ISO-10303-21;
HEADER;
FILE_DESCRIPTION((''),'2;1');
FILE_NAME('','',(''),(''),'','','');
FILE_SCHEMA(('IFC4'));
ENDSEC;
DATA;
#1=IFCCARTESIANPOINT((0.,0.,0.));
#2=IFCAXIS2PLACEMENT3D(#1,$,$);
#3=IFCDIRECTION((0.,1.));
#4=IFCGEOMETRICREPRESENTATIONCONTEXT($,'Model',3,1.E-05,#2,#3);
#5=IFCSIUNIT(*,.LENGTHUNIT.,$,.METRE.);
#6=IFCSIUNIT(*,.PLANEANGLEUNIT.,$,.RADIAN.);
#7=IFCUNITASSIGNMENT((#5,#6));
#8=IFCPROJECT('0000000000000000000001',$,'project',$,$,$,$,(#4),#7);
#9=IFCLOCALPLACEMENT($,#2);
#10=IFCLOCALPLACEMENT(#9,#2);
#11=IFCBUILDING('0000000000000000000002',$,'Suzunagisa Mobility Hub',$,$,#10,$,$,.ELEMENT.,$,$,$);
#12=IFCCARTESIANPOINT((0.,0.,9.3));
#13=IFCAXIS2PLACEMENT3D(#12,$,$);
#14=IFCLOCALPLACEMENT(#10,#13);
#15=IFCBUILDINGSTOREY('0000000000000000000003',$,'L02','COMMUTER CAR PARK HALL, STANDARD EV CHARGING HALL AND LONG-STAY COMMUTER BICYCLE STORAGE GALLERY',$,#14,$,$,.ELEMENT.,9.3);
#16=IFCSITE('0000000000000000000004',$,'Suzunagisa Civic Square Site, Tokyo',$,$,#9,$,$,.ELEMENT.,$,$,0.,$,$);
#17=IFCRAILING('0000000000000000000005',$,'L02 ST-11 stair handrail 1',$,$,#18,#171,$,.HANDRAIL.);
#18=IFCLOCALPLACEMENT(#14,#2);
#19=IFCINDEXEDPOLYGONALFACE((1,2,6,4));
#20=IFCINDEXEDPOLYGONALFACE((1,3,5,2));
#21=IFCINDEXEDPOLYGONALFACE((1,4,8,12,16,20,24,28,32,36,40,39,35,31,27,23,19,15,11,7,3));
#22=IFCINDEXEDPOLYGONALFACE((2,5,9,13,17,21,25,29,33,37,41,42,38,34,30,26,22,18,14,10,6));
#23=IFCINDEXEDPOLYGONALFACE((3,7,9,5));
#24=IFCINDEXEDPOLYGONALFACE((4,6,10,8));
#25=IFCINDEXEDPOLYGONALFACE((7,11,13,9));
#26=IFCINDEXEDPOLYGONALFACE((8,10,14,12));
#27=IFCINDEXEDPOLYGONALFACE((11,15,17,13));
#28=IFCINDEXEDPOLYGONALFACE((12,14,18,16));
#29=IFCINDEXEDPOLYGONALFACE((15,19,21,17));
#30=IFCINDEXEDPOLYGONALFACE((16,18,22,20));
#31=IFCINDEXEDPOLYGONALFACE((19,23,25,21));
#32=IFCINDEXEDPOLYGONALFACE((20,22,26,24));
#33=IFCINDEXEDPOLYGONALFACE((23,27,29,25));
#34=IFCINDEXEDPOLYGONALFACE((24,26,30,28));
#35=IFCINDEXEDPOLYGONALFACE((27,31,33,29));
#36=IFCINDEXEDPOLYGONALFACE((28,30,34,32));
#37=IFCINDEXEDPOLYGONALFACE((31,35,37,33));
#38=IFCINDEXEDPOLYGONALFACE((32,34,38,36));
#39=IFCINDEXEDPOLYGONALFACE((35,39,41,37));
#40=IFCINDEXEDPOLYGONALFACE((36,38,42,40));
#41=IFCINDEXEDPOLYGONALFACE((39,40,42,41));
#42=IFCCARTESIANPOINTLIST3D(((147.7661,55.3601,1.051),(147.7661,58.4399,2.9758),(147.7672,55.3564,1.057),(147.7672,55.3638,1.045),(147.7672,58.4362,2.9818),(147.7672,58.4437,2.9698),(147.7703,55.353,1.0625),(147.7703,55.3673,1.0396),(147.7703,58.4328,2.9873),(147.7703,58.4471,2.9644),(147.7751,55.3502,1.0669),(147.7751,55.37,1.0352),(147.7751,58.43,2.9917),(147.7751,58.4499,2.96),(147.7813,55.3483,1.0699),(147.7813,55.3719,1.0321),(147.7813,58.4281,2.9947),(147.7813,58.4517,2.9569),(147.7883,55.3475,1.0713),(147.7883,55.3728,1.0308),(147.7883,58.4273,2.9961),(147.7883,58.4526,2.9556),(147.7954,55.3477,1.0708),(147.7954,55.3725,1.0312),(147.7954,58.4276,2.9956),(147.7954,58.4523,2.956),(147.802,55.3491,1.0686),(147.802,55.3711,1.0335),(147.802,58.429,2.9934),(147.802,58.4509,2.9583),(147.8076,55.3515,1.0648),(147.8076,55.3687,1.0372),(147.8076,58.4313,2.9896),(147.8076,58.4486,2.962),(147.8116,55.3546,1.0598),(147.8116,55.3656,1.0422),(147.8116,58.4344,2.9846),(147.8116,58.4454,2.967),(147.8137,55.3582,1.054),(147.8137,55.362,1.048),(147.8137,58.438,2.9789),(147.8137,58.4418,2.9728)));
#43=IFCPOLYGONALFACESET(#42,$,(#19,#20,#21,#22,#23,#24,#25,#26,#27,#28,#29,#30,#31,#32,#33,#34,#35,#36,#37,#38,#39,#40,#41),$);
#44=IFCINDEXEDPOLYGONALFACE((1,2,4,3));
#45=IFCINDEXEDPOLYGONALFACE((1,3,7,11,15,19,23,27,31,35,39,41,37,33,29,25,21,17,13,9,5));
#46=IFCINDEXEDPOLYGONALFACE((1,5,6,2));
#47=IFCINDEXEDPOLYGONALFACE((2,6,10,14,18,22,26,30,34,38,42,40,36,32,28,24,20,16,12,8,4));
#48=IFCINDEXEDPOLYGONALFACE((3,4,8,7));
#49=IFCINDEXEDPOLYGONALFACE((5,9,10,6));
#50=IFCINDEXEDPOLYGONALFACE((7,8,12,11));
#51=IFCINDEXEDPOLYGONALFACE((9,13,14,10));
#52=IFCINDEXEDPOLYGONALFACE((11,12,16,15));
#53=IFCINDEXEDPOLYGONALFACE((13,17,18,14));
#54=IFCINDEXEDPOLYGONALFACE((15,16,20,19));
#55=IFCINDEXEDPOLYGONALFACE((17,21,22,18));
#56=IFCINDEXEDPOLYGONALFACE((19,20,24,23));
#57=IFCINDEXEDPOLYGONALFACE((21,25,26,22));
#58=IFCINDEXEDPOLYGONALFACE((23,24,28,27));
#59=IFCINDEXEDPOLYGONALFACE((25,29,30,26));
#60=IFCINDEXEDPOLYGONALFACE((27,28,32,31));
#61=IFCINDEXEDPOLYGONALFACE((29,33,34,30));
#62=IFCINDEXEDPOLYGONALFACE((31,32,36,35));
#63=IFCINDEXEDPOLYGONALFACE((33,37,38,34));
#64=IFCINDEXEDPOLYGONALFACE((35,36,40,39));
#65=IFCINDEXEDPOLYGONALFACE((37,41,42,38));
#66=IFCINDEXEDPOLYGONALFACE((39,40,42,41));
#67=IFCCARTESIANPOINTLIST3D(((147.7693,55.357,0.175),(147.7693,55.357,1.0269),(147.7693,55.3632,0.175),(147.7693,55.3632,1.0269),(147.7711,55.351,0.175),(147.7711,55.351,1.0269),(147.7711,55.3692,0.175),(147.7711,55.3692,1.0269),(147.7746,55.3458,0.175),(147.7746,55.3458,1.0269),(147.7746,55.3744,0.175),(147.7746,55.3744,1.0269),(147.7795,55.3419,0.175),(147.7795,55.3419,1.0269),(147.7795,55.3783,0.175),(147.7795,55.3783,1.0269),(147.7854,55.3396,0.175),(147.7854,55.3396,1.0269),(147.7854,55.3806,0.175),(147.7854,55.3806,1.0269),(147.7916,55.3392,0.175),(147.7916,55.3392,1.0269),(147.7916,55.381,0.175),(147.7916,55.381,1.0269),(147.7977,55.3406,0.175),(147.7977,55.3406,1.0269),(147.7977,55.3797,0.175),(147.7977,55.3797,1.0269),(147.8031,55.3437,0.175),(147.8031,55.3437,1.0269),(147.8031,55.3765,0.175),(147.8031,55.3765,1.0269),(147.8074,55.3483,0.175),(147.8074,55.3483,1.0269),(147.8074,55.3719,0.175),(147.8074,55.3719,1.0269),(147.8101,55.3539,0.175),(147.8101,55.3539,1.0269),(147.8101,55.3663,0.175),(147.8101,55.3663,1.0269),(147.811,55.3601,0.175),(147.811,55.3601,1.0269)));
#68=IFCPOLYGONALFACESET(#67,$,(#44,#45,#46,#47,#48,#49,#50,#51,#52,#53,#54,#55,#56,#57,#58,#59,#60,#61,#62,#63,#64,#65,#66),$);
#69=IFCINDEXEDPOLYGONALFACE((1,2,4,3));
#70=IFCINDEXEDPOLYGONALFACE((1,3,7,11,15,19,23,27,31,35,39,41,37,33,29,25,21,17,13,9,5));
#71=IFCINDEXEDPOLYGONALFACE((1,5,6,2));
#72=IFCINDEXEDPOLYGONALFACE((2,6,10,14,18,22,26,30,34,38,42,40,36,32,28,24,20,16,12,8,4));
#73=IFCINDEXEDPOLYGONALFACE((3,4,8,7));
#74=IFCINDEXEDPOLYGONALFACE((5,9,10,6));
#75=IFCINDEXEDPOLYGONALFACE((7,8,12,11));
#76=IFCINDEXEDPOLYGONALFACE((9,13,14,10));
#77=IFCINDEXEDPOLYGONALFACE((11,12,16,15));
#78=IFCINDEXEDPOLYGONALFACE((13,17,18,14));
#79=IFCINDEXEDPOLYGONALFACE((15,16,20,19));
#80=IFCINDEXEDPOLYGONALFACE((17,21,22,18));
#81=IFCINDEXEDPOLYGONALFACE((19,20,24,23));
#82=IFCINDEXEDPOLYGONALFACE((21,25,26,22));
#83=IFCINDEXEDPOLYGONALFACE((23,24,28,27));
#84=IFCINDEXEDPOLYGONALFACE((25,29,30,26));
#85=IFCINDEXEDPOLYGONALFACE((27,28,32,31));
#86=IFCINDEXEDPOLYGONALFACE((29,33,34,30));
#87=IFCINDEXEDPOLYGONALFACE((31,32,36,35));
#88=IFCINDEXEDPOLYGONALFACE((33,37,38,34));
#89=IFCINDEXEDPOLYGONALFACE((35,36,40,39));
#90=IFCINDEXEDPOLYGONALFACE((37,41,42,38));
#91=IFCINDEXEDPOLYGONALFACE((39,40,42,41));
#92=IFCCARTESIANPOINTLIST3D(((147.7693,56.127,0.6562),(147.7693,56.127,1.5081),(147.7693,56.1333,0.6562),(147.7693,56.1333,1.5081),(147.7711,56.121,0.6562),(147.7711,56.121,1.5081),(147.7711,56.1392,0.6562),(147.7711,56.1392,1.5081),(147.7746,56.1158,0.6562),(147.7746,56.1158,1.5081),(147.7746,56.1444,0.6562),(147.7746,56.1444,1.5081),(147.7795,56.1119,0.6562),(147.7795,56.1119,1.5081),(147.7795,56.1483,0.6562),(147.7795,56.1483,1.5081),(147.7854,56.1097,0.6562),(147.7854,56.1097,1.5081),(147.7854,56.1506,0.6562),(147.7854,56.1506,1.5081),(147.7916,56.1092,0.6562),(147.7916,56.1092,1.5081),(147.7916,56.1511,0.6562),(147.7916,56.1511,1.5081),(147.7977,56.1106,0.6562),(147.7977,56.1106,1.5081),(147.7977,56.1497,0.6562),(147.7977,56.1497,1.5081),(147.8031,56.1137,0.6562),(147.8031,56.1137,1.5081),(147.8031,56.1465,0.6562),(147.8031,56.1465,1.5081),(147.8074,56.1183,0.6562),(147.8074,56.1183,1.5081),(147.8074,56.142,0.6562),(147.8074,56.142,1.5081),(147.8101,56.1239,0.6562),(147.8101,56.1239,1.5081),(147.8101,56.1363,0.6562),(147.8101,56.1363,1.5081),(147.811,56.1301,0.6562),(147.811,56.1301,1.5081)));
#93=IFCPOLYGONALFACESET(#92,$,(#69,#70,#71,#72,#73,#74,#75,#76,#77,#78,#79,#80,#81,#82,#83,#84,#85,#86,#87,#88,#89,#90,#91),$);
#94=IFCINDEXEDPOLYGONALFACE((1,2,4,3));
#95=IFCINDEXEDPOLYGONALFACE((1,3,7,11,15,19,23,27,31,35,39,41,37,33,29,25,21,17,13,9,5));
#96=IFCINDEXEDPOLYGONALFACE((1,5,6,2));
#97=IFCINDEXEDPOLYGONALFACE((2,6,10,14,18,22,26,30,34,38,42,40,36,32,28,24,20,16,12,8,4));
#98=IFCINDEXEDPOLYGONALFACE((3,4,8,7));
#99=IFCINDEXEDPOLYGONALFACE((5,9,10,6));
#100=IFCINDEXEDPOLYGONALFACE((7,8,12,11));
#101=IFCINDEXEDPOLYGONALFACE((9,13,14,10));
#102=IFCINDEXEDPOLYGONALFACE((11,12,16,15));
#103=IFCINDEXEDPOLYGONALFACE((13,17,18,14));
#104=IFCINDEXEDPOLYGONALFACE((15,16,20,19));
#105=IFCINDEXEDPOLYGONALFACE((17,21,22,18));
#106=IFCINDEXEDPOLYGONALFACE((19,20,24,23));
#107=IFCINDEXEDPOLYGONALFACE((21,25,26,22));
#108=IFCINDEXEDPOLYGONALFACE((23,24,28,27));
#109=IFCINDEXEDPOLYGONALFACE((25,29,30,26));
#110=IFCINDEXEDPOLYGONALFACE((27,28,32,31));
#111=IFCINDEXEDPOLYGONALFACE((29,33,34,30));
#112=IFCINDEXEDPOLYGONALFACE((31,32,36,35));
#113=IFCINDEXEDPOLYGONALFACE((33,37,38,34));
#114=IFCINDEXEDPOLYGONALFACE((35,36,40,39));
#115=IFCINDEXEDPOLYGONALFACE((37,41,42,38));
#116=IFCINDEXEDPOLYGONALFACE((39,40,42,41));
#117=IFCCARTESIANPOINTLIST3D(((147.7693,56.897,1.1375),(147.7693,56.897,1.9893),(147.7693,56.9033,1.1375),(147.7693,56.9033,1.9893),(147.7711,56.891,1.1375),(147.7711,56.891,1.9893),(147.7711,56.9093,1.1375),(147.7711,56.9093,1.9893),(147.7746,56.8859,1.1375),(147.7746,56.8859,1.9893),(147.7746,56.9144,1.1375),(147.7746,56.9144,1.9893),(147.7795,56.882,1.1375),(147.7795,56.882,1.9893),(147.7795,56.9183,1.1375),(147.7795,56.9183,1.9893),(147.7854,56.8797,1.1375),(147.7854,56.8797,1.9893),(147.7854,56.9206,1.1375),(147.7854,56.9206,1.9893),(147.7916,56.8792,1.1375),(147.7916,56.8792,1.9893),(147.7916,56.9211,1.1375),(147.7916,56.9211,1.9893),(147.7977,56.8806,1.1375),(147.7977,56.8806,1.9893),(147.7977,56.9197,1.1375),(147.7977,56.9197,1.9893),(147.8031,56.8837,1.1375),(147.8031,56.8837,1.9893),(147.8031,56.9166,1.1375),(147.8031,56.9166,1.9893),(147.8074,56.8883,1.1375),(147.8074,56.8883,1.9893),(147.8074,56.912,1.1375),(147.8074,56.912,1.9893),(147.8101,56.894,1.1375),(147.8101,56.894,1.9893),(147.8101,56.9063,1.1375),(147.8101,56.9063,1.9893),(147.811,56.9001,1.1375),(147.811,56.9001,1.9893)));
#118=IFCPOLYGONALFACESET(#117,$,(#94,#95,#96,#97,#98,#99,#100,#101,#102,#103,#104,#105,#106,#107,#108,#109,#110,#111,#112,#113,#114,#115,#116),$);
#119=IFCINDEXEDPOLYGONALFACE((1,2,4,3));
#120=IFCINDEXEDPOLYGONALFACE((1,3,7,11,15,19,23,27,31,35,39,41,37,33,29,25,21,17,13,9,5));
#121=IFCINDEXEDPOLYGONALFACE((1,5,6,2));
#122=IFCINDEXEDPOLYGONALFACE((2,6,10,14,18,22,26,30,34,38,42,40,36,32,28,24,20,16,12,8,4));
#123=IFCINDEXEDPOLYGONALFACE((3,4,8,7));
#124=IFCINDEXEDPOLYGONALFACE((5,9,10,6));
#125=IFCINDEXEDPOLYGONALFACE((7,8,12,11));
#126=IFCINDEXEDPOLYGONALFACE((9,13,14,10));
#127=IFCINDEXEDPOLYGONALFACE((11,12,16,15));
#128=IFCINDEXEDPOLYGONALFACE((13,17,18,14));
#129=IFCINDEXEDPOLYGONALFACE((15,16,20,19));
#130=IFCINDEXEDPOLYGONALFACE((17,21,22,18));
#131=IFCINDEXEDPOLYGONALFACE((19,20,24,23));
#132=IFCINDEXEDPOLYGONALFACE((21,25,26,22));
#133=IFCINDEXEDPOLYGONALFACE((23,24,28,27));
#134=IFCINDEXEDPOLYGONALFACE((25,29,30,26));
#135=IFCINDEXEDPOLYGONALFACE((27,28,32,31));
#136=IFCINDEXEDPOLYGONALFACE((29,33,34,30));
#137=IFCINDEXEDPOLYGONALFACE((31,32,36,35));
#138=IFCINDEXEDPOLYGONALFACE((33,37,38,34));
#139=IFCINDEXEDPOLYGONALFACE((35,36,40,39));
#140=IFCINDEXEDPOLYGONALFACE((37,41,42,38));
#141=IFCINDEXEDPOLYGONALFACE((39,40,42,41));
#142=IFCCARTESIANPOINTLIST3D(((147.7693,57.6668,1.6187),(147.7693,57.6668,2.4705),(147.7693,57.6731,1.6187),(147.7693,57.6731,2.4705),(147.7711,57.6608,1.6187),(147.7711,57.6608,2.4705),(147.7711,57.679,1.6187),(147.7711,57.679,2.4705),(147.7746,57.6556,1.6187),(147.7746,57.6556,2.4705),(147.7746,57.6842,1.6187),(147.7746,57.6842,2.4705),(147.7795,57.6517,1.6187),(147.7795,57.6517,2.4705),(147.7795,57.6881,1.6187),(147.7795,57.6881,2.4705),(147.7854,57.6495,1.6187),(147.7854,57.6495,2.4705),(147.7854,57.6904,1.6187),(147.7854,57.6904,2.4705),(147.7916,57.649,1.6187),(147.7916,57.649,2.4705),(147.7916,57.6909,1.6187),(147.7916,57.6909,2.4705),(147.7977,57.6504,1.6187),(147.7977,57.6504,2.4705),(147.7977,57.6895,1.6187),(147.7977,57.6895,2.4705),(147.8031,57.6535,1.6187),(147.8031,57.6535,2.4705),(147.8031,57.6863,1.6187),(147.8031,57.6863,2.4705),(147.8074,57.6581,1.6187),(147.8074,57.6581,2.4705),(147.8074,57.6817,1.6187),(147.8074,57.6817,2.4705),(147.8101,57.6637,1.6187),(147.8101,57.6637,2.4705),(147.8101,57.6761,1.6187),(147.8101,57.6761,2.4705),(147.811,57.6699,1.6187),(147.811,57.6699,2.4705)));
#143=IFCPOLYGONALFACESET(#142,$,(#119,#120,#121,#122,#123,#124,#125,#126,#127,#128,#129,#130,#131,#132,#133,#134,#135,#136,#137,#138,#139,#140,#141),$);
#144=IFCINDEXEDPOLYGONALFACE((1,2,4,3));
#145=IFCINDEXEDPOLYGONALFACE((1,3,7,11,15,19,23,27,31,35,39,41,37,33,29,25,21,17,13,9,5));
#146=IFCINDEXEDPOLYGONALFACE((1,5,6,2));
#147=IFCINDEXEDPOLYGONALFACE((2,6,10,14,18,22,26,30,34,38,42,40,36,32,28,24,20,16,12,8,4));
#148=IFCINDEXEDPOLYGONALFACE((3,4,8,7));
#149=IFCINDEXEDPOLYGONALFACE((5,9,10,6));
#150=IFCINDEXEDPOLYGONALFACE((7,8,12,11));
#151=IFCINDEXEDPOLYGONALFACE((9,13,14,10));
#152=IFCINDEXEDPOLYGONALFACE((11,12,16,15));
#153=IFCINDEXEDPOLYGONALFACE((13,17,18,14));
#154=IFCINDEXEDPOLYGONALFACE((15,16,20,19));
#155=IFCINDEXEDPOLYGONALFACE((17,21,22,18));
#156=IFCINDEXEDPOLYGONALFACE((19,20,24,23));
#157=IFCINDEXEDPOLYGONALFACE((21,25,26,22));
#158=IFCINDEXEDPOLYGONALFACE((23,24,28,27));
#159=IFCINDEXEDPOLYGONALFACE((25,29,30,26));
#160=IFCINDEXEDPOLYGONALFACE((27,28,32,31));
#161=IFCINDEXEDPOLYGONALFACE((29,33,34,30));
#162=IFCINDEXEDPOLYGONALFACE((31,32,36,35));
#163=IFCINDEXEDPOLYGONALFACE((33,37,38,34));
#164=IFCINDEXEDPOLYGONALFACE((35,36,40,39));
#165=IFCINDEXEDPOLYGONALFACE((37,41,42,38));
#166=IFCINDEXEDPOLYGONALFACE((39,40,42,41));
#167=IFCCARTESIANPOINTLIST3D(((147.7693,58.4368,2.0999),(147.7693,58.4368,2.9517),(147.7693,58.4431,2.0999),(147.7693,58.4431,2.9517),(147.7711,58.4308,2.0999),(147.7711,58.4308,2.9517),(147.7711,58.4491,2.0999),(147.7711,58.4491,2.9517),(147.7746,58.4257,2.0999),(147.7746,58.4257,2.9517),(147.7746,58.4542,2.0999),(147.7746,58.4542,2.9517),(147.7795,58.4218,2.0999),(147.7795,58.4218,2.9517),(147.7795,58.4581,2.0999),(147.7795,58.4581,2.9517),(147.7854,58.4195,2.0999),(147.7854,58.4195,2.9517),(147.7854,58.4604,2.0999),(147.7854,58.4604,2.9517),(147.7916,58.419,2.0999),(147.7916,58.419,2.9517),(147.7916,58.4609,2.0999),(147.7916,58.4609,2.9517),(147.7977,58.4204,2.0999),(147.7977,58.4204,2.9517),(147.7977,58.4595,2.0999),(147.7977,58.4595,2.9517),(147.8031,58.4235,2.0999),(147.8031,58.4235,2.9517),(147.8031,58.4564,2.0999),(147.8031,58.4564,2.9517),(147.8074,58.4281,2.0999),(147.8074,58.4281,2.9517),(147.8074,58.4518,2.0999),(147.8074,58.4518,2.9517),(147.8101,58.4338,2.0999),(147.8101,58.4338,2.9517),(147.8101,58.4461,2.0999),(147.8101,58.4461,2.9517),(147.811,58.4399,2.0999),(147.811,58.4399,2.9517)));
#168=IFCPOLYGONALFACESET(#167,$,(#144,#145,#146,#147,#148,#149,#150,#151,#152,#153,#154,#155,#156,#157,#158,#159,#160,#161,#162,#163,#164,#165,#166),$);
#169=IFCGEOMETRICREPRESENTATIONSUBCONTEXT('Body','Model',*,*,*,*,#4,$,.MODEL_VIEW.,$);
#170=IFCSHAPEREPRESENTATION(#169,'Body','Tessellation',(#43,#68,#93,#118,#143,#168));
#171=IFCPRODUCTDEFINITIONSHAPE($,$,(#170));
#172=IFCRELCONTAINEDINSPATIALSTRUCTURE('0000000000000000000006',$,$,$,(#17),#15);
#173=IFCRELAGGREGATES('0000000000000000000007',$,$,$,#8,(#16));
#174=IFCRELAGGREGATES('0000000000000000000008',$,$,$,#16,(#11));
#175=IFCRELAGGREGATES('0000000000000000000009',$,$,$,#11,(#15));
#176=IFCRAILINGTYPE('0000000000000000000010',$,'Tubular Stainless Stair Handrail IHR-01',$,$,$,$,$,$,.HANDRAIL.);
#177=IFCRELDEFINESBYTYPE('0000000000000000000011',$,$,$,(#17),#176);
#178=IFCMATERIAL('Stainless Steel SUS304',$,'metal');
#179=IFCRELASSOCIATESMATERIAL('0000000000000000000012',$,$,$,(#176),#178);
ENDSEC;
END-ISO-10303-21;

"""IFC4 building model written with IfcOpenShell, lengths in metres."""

from ifc_helpers import new_model, si_unit, direction, frame, origin, origin_2d, place, context, subcontext, project, spatial, circle, extrude, material, type_object, element, save


model = new_model("IFC4")

# Units and contexts
model_context = context("Model", 3, precision=1e-05, world=origin(), true_north=direction((0.0, 1.0)))
body_context = subcontext(model_context, "Body", "Model", "MODEL_VIEW")
ifc_project = project(units=[si_unit("LENGTHUNIT", "METRE"), si_unit("PLANEANGLEUNIT", "RADIAN")], contexts=[model_context])

# Site, building, storey
site_placement = place(None, origin())
site = spatial("IfcSite", under=ifc_project, at=site_placement, Name="Suzunagisa Civic Square Site, Tokyo", CompositionType="ELEMENT", RefElevation=0.0)
building_placement = place(site_placement, origin())
building = spatial("IfcBuilding", under=site, at=building_placement, Name="Suzunagisa Mobility Hub", CompositionType="ELEMENT")
storey_placement = place(building_placement, frame((0.0, 0.0, 9.3)))
storey = spatial("IfcBuildingStorey", under=building, at=storey_placement, Name="L02", Description="COMMUTER CAR PARK HALL, STANDARD EV CHARGING HALL AND LONG-STAY COMMUTER BICYCLE STORAGE GALLERY", CompositionType="ELEMENT", Elevation=9.3)

# Railing
ifc_material_1 = material(Name="Stainless Steel SUS304", Category="metal")
railing_type_1 = type_object("IfcRailingType", Name="Tubular Stainless Stair Handrail IHR-01", PredefinedType="HANDRAIL", material=ifc_material_1)
railing_1_placement = place(storey_placement, frame((147.79, 55.3601, 0.175)))
element("IfcRailing", 1, at=railing_1_placement, inside=storey, type_object=railing_type_1, Name="L02 ST-11 stair handrail 1", PredefinedType="HANDRAIL", context=body_context, shape_type="SweptSolid", body=[
    extrude(circle(Radius=0.0239, at=origin_2d()), frame((0.0, 0.0, 0.876), z_axis=(0.0, 0.84801, 0.529981), x_axis=(-1.0, 0.0, 0.0)), (0.0, 0.0, 1.0), 3.6318),
    extrude(circle(Radius=0.021, at=origin_2d()), origin(), (0.0, 0.0, 1.0), 0.8518),
    extrude(circle(Radius=0.021, at=origin_2d()), frame((0.0, 0.77, 0.4812)), (0.0, 0.0, 1.0), 0.8518),
    extrude(circle(Radius=0.021, at=origin_2d()), frame((0.0, 1.54, 0.9624)), (0.0, 0.0, 1.0), 0.8518),
    extrude(circle(Radius=0.021, at=origin_2d()), frame((0.0, 2.3098, 1.4436)), (0.0, 0.0, 1.0), 0.8518),
    extrude(circle(Radius=0.021, at=origin_2d()), frame((0.0, 3.0798, 1.9248)), (0.0, 0.0, 1.0), 0.8518),
])

save(model, "model.ifc")
